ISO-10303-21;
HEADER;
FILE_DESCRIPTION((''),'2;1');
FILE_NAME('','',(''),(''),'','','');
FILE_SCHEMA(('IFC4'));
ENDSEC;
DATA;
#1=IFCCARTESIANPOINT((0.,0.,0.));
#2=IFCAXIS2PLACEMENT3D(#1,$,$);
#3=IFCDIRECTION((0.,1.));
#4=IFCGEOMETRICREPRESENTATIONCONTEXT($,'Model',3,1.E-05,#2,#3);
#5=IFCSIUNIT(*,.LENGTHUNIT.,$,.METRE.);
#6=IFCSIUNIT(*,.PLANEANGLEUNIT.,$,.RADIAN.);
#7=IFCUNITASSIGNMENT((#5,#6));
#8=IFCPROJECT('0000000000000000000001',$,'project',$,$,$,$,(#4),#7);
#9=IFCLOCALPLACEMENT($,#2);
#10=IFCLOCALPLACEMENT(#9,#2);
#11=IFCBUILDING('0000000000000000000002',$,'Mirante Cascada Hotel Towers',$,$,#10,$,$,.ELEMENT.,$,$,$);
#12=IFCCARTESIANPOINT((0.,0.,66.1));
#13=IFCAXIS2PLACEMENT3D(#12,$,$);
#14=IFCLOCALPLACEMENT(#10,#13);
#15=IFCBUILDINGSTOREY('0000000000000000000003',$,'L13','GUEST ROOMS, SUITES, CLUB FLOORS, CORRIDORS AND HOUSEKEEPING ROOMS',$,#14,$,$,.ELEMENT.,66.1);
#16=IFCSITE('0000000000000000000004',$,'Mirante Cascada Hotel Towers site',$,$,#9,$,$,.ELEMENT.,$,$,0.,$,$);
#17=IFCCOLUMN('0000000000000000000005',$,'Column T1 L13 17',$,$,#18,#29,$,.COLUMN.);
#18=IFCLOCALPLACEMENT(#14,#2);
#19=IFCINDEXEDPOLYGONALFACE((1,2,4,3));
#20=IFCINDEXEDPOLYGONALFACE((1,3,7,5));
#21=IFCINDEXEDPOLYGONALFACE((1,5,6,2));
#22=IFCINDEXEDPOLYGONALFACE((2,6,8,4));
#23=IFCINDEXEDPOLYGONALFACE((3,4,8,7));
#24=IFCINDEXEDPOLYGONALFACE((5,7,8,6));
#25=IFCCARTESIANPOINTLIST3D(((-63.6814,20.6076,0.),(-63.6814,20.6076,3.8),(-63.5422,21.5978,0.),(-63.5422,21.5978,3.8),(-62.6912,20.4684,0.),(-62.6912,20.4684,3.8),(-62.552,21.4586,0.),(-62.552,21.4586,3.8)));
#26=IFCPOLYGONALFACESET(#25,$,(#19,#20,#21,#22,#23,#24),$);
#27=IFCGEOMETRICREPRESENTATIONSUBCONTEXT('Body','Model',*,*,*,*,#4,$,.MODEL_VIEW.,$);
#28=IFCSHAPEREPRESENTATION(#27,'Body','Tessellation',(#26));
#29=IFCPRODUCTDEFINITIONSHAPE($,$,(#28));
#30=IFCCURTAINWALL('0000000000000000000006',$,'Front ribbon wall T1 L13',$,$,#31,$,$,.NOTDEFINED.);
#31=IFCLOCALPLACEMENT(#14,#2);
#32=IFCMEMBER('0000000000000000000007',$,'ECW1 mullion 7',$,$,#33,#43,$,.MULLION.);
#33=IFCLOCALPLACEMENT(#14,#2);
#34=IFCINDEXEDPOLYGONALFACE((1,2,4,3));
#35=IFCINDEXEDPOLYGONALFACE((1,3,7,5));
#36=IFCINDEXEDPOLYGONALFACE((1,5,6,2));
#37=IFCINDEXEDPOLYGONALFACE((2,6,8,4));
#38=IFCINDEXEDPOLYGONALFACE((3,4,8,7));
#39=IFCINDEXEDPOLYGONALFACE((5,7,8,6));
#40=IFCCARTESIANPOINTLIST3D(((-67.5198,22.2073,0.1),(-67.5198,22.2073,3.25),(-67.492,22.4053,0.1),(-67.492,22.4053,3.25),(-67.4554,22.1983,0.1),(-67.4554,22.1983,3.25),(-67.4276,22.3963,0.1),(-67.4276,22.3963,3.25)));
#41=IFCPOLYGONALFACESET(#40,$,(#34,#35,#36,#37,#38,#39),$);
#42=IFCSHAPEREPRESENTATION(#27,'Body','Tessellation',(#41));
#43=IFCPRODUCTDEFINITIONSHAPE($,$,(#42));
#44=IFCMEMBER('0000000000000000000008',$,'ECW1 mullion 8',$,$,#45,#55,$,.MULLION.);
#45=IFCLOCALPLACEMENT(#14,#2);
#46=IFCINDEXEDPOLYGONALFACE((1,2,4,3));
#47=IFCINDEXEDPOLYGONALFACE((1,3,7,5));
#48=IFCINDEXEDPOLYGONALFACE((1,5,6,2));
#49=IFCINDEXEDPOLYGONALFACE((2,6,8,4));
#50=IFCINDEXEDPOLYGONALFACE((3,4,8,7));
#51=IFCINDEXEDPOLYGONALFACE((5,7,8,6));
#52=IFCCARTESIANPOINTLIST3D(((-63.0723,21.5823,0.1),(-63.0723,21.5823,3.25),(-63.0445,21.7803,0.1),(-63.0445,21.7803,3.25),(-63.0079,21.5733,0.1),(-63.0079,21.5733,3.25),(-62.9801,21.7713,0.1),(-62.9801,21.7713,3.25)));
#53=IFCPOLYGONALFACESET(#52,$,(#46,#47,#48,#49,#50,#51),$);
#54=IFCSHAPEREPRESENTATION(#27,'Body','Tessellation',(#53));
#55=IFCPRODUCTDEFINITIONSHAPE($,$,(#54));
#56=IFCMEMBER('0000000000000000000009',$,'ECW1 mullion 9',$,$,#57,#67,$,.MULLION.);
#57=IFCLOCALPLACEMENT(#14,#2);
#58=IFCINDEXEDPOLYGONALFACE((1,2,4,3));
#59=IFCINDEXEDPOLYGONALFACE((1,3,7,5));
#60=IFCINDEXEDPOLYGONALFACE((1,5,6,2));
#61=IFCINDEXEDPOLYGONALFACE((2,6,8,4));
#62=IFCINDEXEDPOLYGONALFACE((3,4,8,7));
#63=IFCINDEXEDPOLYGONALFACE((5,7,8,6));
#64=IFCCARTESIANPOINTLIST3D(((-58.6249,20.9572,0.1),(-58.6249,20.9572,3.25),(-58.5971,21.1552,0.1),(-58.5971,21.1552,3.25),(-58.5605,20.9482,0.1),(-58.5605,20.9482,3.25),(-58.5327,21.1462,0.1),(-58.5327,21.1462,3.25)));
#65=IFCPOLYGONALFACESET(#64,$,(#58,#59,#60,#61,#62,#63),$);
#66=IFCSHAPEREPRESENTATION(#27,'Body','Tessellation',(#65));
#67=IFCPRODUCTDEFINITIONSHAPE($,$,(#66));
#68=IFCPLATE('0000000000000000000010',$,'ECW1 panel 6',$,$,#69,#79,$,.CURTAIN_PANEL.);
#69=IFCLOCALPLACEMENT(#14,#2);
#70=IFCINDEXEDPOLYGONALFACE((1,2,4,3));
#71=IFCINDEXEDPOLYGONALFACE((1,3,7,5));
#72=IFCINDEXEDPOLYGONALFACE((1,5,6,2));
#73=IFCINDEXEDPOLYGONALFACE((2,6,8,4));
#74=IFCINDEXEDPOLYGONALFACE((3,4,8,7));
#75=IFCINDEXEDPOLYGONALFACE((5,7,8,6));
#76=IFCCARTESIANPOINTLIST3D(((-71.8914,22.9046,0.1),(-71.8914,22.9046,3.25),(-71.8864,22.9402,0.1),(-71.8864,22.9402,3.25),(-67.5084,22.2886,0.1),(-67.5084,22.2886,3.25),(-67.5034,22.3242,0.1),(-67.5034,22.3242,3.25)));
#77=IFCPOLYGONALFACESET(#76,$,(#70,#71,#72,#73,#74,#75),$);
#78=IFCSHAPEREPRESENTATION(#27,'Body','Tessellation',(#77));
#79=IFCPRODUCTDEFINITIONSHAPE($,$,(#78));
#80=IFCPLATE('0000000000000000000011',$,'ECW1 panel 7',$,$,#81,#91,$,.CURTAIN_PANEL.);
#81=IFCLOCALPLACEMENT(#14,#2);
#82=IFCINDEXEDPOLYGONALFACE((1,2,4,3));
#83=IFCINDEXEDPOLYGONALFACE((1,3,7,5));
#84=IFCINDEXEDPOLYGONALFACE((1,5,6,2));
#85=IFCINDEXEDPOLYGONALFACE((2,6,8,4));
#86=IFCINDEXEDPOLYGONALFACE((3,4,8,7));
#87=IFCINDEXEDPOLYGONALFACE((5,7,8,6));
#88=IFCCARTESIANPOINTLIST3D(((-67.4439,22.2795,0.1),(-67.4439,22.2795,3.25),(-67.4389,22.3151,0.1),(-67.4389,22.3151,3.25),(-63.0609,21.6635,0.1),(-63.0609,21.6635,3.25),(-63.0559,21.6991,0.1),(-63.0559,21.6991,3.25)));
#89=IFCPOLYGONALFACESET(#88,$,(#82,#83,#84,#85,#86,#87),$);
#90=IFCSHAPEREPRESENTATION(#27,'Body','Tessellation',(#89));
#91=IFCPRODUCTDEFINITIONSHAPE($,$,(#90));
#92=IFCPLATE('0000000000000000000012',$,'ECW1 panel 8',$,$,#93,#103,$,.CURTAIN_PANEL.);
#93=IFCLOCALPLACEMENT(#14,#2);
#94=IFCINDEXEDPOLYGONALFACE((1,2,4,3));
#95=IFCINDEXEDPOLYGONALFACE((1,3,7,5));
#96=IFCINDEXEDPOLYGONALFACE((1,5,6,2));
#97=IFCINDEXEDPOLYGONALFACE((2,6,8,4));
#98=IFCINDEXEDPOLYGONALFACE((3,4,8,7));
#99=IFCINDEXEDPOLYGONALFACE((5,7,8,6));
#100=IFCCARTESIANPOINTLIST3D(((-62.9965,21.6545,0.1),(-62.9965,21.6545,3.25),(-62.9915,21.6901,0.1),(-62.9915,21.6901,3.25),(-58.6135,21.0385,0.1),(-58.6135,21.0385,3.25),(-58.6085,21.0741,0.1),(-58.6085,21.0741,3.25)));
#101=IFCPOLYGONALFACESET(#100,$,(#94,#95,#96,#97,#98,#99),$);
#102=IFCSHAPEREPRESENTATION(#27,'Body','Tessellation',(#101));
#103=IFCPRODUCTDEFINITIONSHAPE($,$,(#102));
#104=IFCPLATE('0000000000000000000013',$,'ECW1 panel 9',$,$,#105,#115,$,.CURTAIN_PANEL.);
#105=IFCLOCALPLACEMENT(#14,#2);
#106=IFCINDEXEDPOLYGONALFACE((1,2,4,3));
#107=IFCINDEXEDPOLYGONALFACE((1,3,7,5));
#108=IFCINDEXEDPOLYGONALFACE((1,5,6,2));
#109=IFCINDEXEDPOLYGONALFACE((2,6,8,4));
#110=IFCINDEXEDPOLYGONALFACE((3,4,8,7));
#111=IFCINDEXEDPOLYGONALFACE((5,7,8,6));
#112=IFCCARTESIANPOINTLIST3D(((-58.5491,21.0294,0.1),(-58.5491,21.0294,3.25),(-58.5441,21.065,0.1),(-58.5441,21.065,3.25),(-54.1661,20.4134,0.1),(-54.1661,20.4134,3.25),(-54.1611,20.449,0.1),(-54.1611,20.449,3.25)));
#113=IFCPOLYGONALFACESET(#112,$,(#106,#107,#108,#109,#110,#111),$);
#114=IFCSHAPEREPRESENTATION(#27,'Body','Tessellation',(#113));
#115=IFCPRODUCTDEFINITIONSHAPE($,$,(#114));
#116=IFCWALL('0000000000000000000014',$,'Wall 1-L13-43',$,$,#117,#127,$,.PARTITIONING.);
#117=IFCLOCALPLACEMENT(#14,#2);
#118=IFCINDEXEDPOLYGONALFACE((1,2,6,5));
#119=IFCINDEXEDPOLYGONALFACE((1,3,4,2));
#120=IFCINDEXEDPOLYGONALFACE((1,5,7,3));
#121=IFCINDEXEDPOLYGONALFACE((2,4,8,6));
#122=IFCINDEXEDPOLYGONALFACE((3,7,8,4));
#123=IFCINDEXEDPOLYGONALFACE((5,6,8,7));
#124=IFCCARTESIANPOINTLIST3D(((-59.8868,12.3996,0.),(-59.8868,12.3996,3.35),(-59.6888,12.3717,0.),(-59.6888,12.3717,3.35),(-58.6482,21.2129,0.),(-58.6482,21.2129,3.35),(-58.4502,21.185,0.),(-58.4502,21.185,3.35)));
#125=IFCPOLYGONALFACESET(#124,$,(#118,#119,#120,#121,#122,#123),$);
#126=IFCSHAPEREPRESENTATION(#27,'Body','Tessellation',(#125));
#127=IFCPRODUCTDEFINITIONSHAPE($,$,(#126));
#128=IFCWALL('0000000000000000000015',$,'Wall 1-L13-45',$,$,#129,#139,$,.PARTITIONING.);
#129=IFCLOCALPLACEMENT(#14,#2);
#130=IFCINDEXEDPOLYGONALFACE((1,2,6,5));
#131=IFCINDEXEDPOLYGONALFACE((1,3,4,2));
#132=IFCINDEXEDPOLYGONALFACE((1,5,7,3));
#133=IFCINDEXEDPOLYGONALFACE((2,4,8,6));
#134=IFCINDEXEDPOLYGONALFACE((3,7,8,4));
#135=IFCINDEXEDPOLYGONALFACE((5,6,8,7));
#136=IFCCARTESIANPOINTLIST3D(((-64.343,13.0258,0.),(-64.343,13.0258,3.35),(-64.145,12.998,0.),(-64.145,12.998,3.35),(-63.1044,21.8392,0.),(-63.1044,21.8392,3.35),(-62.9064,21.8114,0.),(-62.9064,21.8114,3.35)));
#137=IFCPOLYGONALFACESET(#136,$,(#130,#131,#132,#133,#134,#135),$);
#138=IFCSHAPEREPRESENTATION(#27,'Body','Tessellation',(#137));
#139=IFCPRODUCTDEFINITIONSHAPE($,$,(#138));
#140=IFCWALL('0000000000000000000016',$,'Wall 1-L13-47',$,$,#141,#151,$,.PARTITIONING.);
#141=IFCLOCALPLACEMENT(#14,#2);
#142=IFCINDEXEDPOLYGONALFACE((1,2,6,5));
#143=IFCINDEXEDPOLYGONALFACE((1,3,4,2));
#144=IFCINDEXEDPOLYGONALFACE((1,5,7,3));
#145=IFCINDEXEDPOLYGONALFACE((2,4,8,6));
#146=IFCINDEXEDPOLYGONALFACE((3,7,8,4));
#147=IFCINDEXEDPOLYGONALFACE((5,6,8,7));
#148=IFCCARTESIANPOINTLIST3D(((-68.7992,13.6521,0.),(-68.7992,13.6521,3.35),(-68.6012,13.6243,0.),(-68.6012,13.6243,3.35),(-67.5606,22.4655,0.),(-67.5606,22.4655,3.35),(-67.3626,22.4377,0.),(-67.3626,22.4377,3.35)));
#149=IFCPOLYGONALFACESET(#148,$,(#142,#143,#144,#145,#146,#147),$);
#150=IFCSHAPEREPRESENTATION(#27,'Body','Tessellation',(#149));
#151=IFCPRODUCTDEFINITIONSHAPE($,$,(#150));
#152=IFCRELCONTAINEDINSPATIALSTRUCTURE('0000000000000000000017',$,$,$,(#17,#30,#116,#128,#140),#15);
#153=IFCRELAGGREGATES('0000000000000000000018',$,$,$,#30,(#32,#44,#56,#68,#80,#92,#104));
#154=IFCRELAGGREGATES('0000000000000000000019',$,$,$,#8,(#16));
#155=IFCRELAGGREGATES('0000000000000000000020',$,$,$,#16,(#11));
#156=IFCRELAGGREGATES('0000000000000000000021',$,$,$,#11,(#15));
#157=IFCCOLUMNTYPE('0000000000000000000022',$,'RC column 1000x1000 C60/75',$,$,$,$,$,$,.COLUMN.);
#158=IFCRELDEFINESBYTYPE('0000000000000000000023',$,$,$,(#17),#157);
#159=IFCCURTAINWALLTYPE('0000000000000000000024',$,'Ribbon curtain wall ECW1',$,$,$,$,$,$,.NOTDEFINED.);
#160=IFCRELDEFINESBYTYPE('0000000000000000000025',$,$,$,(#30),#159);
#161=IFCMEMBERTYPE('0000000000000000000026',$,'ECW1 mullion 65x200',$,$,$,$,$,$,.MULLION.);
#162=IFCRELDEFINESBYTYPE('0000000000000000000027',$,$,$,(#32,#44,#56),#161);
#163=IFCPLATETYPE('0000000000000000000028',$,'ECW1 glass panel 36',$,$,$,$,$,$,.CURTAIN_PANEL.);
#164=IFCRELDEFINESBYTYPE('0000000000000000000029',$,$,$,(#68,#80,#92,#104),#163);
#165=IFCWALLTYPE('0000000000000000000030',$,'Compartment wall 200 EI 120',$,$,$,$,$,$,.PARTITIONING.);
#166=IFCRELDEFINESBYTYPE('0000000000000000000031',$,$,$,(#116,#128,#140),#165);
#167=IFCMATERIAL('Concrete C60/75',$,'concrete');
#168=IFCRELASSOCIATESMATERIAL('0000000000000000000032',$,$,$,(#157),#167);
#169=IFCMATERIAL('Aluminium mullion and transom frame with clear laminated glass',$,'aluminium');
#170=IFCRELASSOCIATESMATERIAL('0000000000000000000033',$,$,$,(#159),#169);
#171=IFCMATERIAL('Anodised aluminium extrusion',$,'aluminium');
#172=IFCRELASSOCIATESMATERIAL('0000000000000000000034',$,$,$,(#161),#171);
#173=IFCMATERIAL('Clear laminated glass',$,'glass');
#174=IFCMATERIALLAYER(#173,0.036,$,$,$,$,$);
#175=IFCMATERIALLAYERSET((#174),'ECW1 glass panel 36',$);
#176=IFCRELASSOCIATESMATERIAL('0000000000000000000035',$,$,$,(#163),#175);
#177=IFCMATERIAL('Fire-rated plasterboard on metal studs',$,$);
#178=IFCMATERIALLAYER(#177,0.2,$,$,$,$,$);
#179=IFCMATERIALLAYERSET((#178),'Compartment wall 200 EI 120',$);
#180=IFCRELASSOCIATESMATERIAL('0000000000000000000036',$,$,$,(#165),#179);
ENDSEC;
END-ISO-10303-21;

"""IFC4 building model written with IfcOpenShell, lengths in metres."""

from ifc_helpers import new_model, si_unit, direction, frame, frame_2d, origin, origin_2d, place, context, subcontext, project, spatial, rectangle, extrude, material, layer, layer_set, material_profile, profile_set, type_object, element, aggregate, save


model = new_model("IFC4")

# Units and contexts
model_context = context("Model", 3, precision=1e-05, world=origin(), true_north=direction((0.0, 1.0)))
body_context = subcontext(model_context, "Body", "Model", "MODEL_VIEW")
ifc_project = project(units=[si_unit("LENGTHUNIT", "METRE"), si_unit("PLANEANGLEUNIT", "RADIAN")], contexts=[model_context])

# Site, building, storey
site_placement = place(None, origin())
site = spatial("IfcSite", under=ifc_project, at=site_placement, Name="Mirante Cascada Hotel Towers site", CompositionType="ELEMENT", RefElevation=0.0)
building_placement = place(site_placement, origin())
building = spatial("IfcBuilding", under=site, at=building_placement, Name="Mirante Cascada Hotel Towers", CompositionType="ELEMENT")
storey_placement = place(building_placement, frame((0.0, 0.0, 66.1)))
storey = spatial("IfcBuildingStorey", under=building, at=storey_placement, Name="L13", Description="GUEST ROOMS, SUITES, CLUB FLOORS, CORRIDORS AND HOUSEKEEPING ROOMS", CompositionType="ELEMENT", Elevation=66.1)

# Column
ifc_material_1 = material(Name="Concrete C60/75", Category="concrete")
ifc_material_profile_1 = material_profile(ifc_material_1, rectangle(XDim=1.0, YDim=1.0, at=origin_2d()), Name="RC column 1000x1000 C60/75")
ifc_profile_set_1 = profile_set([ifc_material_profile_1], Name="Concrete C60/75")
column_type = type_object("IfcColumnType", Name="RC column 1000x1000 C60/75", PredefinedType="COLUMN", material=ifc_profile_set_1)
column_placement = place(storey_placement, frame((-63.1167, 21.0331, 0.0), z_axis=(0.0, 0.0, 1.0), x_axis=(-0.990268, 0.139173, 0.0)))
element("IfcColumn", 1, at=column_placement, inside=storey, type_object=column_type, Name="Column T1 L13 17", PredefinedType="COLUMN", context=body_context, shape_type="SweptSolid", body=[
    extrude(rectangle(XDim=1.0, YDim=1.0, at=origin_2d()), origin(), (0.0, 0.0, 1.0), 3.8),
])

# Curtain wall, members, plates
ifc_material_2 = material(Name="Aluminium mullion and transom frame with clear laminated glass", Category="aluminium")
curtain_wall_type = type_object("IfcCurtainWallType", Name="Ribbon curtain wall ECW1", PredefinedType="NOTDEFINED", material=ifc_material_2)
curtain_wall_placement = place(storey_placement, origin())
curtain_wall = element("IfcCurtainWall", 2, at=curtain_wall_placement, inside=storey, type_object=curtain_wall_type, Name="Front ribbon wall T1 L13", PredefinedType="NOTDEFINED")
ifc_material_3 = material(Name="Anodised aluminium extrusion", Category="aluminium")
ifc_material_profile_2 = material_profile(ifc_material_3, rectangle(XDim=0.2, YDim=0.065, at=origin_2d()), Name="ECW1 MULLION 65x200")
ifc_profile_set_2 = profile_set([ifc_material_profile_2], Name="Anodised aluminium extrusion")
member_type = type_object("IfcMemberType", Name="ECW1 mullion 65x200", PredefinedType="MULLION", material=ifc_profile_set_2)
member_1_placement = place(storey_placement, frame((-67.4737, 22.3018, 0.1), z_axis=(0.0, 0.0, 1.0), x_axis=(0.139173, 0.990268, 0.0)))
member_1 = element("IfcMember", 3, at=member_1_placement, type_object=member_type, Name="ECW1 mullion 7", PredefinedType="MULLION", context=body_context, shape_type="SweptSolid", body=[
    extrude(rectangle(XDim=0.2, YDim=0.065, at=origin_2d()), origin(), (0.0, 0.0, 1.0), 3.15),
])
member_2_placement = place(storey_placement, frame((-63.0262, 21.6768, 0.1), z_axis=(0.0, 0.0, 1.0), x_axis=(0.139173, 0.990268, 0.0)))
member_2 = element("IfcMember", 4, at=member_2_placement, type_object=member_type, Name="ECW1 mullion 8", PredefinedType="MULLION", context=body_context, shape_type="SweptSolid", body=[
    extrude(rectangle(XDim=0.2, YDim=0.065, at=origin_2d()), origin(), (0.0, 0.0, 1.0), 3.15),
])
member_3_placement = place(storey_placement, frame((-58.5788, 21.0517, 0.1), z_axis=(0.0, 0.0, 1.0), x_axis=(0.139173, 0.990268, 0.0)))
member_3 = element("IfcMember", 5, at=member_3_placement, type_object=member_type, Name="ECW1 mullion 9", PredefinedType="MULLION", context=body_context, shape_type="SweptSolid", body=[
    extrude(rectangle(XDim=0.2, YDim=0.065, at=origin_2d()), origin(), (0.0, 0.0, 1.0), 3.15),
])
ifc_material_4 = material(Name="Clear laminated glass", Category="glass")
ifc_layer_1 = layer(ifc_material_4, 0.036)
ifc_layer_set_1 = layer_set([ifc_layer_1], Name="ECW1 glass panel 36")
plate_type = type_object("IfcPlateType", Name="ECW1 glass panel 36", PredefinedType="CURTAIN_PANEL", material=ifc_layer_set_1)
plate_1_placement = place(storey_placement, frame((-69.6974, 22.6144, 0.1), z_axis=(0.0, 0.0, 1.0), x_axis=(0.990268, -0.139173, 0.0)))
plate_1 = element("IfcPlate", 6, at=plate_1_placement, type_object=plate_type, Name="ECW1 panel 6", PredefinedType="CURTAIN_PANEL", context=body_context, shape_type="SweptSolid", body=[
    extrude(rectangle(XDim=4.4261, YDim=0.036, at=origin_2d()), origin(), (0.0, 0.0, 1.0), 3.15),
])
plate_2_placement = place(storey_placement, frame((-65.2499, 21.9893, 0.1), z_axis=(0.0, 0.0, 1.0), x_axis=(0.990268, -0.139173, 0.0)))
plate_2 = element("IfcPlate", 7, at=plate_2_placement, type_object=plate_type, Name="ECW1 panel 7", PredefinedType="CURTAIN_PANEL", context=body_context, shape_type="SweptSolid", body=[
    extrude(rectangle(XDim=4.4261, YDim=0.036, at=origin_2d()), origin(), (0.0, 0.0, 1.0), 3.15),
])
plate_3_placement = place(storey_placement, frame((-60.8025, 21.3643, 0.1), z_axis=(0.0, 0.0, 1.0), x_axis=(0.990268, -0.139173, 0.0)))
plate_3 = element("IfcPlate", 8, at=plate_3_placement, type_object=plate_type, Name="ECW1 panel 8", PredefinedType="CURTAIN_PANEL", context=body_context, shape_type="SweptSolid", body=[
    extrude(rectangle(XDim=4.4261, YDim=0.036, at=origin_2d()), origin(), (0.0, 0.0, 1.0), 3.15),
])
plate_4_placement = place(storey_placement, frame((-56.3551, 20.7392, 0.1), z_axis=(0.0, 0.0, 1.0), x_axis=(0.990268, -0.139173, 0.0)))
plate_4 = element("IfcPlate", 9, at=plate_4_placement, type_object=plate_type, Name="ECW1 panel 9", PredefinedType="CURTAIN_PANEL", context=body_context, shape_type="SweptSolid", body=[
    extrude(rectangle(XDim=4.4261, YDim=0.036, at=origin_2d()), origin(), (0.0, 0.0, 1.0), 3.15),
])
aggregate(curtain_wall, [member_1, member_2, member_3, plate_1, plate_2, plate_3, plate_4])

# Walls
ifc_material_5 = material(Name="Fire-rated plasterboard on metal studs")
ifc_layer_2 = layer(ifc_material_5, 0.2)
ifc_layer_set_2 = layer_set([ifc_layer_2], Name="Compartment wall 200 EI 120")
wall_type_1 = type_object("IfcWallType", Name="Compartment wall 200 EI 120", PredefinedType="PARTITIONING", material=ifc_layer_set_2)
wall_1_placement = place(storey_placement, frame((-58.5492, 21.199, 0.0), z_axis=(0.0, 0.0, 1.0), x_axis=(-0.13917, -0.990268, 0.0)))
element("IfcWall", 10, at=wall_1_placement, inside=storey, type_object=wall_type_1, Name="Wall 1-L13-43", PredefinedType="PARTITIONING", context=body_context, shape_type="SweptSolid", body=[
    extrude(rectangle(XDim=8.8999, YDim=0.2, at=frame_2d((4.45, 0.0))), origin(), (0.0, 0.0, 1.0), 3.35),
])
for number, where, z_axis, x_axis, name in (
    (11, (-63.0054, 21.8253, 0.0), (0.0, 0.0, 1.0), (-0.139168, -0.990269, 0.0), "Wall 1-L13-45"),
    (12, (-67.4616, 22.4516, 0.0), (0.0, 0.0, 1.0), (-0.139168, -0.990269, 0.0), "Wall 1-L13-47"),
):
    element("IfcWall", number, at=place(storey_placement, frame(where, z_axis=z_axis, x_axis=x_axis)), inside=storey, type_object=wall_type_1, Name=name, PredefinedType="PARTITIONING", context=body_context, shape_type="SweptSolid", body=[
        extrude(rectangle(XDim=8.9, YDim=0.2, at=frame_2d((4.45, 0.0))), origin(), (0.0, 0.0, 1.0), 3.35),
    ])

save(model, "model.ifc")
